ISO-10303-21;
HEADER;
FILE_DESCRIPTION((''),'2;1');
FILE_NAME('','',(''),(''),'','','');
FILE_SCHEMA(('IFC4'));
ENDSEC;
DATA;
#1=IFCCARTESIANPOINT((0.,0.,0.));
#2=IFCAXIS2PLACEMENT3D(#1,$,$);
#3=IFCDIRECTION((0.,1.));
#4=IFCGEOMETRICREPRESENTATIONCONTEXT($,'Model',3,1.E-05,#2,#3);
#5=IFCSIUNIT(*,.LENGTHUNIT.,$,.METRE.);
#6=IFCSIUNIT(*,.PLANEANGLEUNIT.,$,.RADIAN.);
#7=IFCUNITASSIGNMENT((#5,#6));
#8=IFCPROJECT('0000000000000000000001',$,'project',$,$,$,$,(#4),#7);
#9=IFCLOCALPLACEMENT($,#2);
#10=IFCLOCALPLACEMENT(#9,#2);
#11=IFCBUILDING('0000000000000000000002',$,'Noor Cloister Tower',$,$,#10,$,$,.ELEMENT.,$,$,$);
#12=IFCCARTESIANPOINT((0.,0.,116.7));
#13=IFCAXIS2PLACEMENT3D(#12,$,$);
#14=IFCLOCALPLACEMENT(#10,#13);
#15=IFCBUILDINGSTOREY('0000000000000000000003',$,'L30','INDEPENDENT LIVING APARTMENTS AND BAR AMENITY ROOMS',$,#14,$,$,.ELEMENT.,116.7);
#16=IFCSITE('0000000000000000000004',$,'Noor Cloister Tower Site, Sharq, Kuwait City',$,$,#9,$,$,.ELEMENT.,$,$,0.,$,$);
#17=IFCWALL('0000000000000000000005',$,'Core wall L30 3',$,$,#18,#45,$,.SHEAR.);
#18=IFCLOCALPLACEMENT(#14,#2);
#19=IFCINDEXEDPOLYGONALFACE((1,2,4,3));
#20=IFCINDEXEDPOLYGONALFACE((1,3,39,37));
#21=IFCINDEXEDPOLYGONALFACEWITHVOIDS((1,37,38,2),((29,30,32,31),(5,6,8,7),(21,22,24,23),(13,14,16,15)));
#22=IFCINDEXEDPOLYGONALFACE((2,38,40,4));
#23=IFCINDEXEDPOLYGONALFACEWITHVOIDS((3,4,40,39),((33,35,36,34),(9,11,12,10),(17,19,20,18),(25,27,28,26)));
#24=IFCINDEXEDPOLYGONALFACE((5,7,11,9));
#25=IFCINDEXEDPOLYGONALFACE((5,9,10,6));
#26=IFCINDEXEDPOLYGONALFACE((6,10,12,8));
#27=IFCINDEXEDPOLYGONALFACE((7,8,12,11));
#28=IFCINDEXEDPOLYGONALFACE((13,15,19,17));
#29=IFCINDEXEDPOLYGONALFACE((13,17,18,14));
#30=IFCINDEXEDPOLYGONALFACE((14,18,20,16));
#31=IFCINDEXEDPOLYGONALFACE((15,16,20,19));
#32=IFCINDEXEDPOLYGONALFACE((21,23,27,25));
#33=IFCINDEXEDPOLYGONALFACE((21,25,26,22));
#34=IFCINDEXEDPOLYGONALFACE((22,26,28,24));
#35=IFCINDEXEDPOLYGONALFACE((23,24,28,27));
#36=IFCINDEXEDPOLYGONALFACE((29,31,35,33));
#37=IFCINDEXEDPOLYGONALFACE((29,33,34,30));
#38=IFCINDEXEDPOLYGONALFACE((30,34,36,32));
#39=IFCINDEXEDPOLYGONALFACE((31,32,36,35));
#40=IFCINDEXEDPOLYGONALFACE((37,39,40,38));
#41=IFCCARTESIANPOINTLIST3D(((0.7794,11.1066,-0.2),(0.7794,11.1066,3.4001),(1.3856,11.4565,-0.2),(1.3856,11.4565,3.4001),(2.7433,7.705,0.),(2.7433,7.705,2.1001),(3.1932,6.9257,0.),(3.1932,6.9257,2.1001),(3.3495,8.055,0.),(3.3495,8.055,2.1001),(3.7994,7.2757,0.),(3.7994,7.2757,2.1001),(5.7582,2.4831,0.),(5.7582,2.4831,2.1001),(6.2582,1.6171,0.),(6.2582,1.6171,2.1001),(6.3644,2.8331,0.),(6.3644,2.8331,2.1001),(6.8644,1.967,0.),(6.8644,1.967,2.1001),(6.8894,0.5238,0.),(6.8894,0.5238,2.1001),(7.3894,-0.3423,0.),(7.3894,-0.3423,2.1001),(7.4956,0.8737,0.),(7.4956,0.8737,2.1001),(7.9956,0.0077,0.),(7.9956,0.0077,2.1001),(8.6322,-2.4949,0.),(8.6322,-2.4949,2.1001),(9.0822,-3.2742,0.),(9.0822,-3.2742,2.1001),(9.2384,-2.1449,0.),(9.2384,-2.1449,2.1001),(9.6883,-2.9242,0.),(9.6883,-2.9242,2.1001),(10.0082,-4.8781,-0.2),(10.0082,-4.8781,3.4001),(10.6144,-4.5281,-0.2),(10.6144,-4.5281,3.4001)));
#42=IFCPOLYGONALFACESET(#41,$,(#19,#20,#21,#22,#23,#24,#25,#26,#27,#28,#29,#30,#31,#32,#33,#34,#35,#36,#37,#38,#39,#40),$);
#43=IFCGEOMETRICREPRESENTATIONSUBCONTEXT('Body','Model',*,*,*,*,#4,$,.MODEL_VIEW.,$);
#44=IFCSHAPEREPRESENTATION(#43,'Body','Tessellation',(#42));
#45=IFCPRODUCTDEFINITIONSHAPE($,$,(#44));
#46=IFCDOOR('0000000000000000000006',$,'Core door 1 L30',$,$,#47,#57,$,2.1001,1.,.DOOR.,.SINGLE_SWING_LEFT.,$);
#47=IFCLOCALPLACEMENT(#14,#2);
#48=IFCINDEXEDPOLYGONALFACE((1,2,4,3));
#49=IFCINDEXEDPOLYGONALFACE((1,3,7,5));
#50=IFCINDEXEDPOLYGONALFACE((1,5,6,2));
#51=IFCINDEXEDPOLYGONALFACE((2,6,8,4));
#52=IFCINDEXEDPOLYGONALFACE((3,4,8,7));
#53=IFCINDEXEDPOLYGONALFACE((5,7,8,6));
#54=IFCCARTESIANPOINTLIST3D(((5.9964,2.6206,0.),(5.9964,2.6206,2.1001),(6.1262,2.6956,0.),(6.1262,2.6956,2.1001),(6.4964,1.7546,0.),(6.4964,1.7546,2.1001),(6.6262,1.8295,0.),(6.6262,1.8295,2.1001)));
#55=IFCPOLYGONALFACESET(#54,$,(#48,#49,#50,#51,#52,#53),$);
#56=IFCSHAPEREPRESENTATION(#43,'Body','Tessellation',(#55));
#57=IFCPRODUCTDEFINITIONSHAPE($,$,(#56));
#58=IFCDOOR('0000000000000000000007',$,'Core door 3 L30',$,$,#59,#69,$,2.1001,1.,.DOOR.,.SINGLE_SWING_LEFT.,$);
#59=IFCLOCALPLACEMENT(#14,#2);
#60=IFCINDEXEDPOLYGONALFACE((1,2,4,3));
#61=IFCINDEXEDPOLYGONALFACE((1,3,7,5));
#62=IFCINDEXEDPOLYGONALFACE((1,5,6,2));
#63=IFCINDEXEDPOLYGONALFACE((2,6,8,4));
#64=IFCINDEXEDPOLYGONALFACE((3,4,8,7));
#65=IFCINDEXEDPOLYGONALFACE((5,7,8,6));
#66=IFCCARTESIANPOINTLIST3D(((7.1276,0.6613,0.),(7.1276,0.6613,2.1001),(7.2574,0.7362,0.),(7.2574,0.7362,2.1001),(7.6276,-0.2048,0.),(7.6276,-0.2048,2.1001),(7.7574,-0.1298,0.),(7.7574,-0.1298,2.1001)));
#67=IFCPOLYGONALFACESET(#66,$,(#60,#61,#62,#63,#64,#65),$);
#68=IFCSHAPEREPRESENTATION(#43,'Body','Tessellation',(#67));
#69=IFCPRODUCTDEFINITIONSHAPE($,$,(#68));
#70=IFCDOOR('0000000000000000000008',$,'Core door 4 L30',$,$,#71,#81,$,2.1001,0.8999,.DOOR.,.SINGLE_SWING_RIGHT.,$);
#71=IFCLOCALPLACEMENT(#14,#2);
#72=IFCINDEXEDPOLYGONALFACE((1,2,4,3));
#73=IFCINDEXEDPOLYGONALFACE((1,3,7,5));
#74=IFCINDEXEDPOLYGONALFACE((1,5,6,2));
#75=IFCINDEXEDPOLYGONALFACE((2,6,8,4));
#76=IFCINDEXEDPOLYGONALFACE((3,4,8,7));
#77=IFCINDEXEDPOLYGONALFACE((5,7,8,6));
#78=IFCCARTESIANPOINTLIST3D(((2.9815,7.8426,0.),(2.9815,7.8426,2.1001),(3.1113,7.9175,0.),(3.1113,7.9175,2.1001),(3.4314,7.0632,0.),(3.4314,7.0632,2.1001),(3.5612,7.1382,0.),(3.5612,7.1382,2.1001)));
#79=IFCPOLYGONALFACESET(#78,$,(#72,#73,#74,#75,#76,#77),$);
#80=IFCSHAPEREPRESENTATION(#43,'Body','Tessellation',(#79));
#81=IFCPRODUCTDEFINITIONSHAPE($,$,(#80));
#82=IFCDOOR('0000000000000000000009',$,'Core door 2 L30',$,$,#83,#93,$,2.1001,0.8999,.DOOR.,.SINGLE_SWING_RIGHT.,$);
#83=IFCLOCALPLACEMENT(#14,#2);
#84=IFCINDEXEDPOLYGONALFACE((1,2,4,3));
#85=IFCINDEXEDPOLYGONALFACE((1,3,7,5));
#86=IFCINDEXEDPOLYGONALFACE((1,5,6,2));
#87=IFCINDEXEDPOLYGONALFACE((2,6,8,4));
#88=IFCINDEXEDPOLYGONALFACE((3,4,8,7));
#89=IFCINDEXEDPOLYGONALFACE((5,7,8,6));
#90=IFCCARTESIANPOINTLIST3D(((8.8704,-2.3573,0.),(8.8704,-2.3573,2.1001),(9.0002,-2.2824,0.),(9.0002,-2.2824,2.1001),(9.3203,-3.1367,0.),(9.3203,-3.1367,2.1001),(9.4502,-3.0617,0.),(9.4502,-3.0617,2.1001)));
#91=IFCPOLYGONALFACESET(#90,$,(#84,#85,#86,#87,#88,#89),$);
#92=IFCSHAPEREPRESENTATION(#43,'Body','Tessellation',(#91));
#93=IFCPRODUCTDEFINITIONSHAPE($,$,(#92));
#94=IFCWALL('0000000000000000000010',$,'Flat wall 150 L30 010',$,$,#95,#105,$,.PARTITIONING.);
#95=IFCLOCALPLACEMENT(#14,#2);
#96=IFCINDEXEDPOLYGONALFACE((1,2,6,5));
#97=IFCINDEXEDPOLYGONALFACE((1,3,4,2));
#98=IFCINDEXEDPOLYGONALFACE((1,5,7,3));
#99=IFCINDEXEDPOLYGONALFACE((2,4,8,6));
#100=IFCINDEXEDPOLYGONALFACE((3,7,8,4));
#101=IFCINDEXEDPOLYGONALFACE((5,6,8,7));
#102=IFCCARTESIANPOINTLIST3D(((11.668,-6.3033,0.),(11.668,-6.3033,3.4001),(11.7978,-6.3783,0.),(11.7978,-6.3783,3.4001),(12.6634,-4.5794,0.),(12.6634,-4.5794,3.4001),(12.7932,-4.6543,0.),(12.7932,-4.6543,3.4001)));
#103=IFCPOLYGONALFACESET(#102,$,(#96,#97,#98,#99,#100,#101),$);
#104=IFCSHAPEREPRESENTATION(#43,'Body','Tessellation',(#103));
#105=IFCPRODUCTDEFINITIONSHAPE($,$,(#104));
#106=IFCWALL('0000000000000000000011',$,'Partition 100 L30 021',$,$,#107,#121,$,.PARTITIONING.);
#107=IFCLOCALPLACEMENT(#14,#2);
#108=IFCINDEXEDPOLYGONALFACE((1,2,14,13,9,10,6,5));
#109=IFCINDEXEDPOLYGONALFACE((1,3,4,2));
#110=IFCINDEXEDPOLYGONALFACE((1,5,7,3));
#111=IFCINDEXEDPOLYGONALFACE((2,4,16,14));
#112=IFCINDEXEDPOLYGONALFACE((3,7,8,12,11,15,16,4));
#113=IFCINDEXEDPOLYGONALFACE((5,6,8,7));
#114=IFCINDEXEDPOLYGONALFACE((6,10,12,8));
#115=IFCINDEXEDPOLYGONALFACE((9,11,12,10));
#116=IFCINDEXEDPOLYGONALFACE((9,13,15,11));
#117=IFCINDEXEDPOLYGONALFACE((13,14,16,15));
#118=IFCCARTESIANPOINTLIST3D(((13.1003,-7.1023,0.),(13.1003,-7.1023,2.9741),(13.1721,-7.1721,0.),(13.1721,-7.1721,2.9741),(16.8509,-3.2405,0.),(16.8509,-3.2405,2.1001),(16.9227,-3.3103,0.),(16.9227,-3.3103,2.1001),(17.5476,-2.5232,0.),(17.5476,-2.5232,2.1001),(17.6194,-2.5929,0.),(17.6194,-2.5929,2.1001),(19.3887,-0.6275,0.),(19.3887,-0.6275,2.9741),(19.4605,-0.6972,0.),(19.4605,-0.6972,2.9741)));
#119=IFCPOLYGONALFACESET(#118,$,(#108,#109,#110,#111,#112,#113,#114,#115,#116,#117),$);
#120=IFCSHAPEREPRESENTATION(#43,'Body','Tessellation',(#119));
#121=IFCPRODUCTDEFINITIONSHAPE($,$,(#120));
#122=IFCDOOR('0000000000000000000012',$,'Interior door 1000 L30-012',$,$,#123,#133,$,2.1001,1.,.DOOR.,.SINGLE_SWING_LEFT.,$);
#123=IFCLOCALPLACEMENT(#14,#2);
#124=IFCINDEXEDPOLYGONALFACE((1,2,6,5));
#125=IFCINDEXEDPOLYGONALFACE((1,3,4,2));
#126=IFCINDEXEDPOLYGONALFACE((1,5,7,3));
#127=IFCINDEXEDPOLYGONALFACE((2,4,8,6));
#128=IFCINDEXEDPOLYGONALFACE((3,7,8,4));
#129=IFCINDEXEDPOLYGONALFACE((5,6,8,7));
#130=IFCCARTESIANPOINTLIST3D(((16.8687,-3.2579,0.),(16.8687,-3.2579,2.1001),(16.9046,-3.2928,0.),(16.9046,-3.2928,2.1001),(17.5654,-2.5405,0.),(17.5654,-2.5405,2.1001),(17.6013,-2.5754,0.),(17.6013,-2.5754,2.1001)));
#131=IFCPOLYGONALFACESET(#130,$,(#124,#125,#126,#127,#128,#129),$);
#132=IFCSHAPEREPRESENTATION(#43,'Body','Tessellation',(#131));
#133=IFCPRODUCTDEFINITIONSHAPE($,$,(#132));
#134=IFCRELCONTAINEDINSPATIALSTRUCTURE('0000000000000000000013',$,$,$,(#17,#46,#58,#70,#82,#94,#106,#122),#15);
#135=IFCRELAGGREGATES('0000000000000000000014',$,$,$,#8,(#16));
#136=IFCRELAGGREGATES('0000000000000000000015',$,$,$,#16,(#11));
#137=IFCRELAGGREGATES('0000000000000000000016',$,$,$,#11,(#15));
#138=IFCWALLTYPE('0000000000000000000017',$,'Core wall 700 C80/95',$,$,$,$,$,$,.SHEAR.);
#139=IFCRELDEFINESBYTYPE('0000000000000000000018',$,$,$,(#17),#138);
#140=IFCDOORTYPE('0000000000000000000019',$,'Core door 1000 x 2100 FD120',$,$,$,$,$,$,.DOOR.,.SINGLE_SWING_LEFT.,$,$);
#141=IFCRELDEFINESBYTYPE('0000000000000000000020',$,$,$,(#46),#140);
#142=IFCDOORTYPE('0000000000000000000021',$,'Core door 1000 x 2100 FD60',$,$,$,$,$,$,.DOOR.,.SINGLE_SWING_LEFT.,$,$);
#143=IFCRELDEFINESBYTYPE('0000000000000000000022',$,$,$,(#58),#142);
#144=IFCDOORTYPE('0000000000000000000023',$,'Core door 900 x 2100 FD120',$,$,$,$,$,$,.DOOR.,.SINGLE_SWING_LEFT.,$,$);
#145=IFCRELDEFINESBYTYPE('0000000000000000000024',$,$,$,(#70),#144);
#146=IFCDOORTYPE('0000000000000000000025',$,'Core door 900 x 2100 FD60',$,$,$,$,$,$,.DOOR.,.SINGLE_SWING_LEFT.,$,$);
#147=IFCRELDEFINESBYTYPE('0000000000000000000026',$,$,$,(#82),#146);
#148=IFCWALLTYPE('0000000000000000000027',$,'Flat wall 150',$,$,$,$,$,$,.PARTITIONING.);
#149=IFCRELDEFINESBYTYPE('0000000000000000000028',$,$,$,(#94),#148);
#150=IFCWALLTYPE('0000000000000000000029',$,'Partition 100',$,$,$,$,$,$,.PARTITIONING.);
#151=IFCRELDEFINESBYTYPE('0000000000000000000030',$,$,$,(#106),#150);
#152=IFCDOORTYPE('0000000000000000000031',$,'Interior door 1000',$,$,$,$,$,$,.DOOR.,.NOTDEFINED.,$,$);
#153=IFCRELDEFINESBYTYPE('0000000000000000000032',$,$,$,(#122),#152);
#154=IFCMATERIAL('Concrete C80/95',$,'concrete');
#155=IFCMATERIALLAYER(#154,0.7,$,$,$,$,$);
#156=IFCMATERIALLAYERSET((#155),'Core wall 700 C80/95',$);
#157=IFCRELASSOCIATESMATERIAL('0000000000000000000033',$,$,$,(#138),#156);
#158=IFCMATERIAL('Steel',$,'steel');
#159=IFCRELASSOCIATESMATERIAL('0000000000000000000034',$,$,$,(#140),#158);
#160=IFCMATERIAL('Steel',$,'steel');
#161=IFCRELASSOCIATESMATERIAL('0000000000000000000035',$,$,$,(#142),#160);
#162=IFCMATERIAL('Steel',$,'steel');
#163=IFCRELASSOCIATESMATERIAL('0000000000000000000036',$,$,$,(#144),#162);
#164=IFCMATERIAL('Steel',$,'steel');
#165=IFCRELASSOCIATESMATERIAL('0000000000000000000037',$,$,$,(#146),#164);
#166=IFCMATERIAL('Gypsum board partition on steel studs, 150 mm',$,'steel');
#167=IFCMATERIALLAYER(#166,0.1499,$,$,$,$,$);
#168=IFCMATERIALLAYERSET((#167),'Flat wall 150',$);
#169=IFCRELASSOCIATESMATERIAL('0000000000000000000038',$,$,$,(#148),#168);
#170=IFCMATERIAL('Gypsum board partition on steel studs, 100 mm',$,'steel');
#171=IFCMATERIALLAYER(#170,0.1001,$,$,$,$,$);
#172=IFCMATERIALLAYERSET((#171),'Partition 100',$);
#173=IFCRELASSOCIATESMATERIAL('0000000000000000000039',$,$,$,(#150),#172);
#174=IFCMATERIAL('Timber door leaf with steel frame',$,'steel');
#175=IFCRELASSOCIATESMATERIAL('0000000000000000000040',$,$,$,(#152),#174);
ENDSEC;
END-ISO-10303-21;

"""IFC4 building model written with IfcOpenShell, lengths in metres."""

from ifc_helpers import new_model, si_unit, direction, frame, frame_2d, origin, place, context, subcontext, project, spatial, rectangle, extrude, material, layer, layer_set, type_object, element, fill, save


model = new_model("IFC4")

# Units and contexts
model_context = context("Model", 3, precision=1e-05, world=origin(), true_north=direction((0.0, 1.0)))
body_context = subcontext(model_context, "Body", "Model", "MODEL_VIEW")
ifc_project = project(units=[si_unit("LENGTHUNIT", "METRE"), si_unit("PLANEANGLEUNIT", "RADIAN")], contexts=[model_context])

# Site, building, storey
site_placement = place(None, origin())
site = spatial("IfcSite", under=ifc_project, at=site_placement, Name="Noor Cloister Tower Site, Sharq, Kuwait City", CompositionType="ELEMENT", RefElevation=0.0)
building_placement = place(site_placement, origin())
building = spatial("IfcBuilding", under=site, at=building_placement, Name="Noor Cloister Tower", CompositionType="ELEMENT")
storey_placement = place(building_placement, frame((0.0, 0.0, 116.7)))
storey = spatial("IfcBuildingStorey", under=building, at=storey_placement, Name="L30", Description="INDEPENDENT LIVING APARTMENTS AND BAR AMENITY ROOMS", CompositionType="ELEMENT", Elevation=116.7)

# Wall, openings, doors
ifc_material_1 = material(Name="Concrete C80/95", Category="concrete")
ifc_layer_1 = layer(ifc_material_1, 0.7)
ifc_layer_set_1 = layer_set([ifc_layer_1], Name="Core wall 700 C80/95")
wall_type_1 = type_object("IfcWallType", Name="Core wall 700 C80/95", PredefinedType="SHEAR", material=ifc_layer_set_1)
wall_1_placement = place(storey_placement, frame((10.3113, -4.7031, -0.2), z_axis=(0.0, 0.0, 1.0), x_axis=(-0.500001, 0.866025, 0.0)))
wall_1 = element("IfcWall", 1, at=wall_1_placement, inside=storey, type_object=wall_type_1, Name="Core wall L30 3", PredefinedType="SHEAR", context=body_context, shape_type="SweptSolid", body=[
    extrude(rectangle(XDim=18.4575, YDim=0.7, at=frame_2d((9.2288, 0.0))), origin(), (0.0, 0.0, 1.0), 3.6001),
])
opening_1_placement = place(wall_1_placement, frame((7.5, 0.0, 0.2)))
opening_1 = element("IfcOpeningElement", 2, at=opening_1_placement, cuts=wall_1, PredefinedType="OPENING", context=body_context, shape_type="SweptSolid", body=[
    extrude(rectangle(XDim=1.0, YDim=2.1001, at=frame_2d((0.5, 1.05))), frame((0.0, 0.3599, 0.0), z_axis=(0.0, -1.0, 0.0), x_axis=(1.0, 0.0, 0.0)), (0.0, 0.0, 1.0), 0.72),
])
opening_2_placement = place(wall_1_placement, frame((1.8521, 0.0, 0.2)))
opening_2 = element("IfcOpeningElement", 3, at=opening_2_placement, cuts=wall_1, PredefinedType="OPENING", context=body_context, shape_type="SweptSolid", body=[
    extrude(rectangle(XDim=0.8999, YDim=2.1001, at=frame_2d((0.45, 1.05))), frame((0.0, 0.3599, 0.0), z_axis=(0.0, -1.0, 0.0), x_axis=(1.0, 0.0, 0.0)), (0.0, 0.0, 1.0), 0.72),
])
opening_3_placement = place(wall_1_placement, frame((5.2375, 0.0, 0.2)))
opening_3 = element("IfcOpeningElement", 4, at=opening_3_placement, cuts=wall_1, PredefinedType="OPENING", context=body_context, shape_type="SweptSolid", body=[
    extrude(rectangle(XDim=1.0, YDim=2.1001, at=frame_2d((0.5, 1.05))), frame((0.0, 0.3599, 0.0), z_axis=(0.0, -1.0, 0.0), x_axis=(1.0, 0.0, 0.0)), (0.0, 0.0, 1.0), 0.72),
])
opening_4_placement = place(wall_1_placement, frame((13.6299, 0.0, 0.2)))
opening_4 = element("IfcOpeningElement", 5, at=opening_4_placement, cuts=wall_1, PredefinedType="OPENING", context=body_context, shape_type="SweptSolid", body=[
    extrude(rectangle(XDim=0.8999, YDim=2.1001, at=frame_2d((0.45, 1.05))), frame((0.0, 0.3599, 0.0), z_axis=(0.0, -1.0, 0.0), x_axis=(1.0, 0.0, 0.0)), (0.0, 0.0, 1.0), 0.72),
])
ifc_material_2 = material(Name="Steel", Category="steel")
door_type_1 = type_object("IfcDoorType", Name="Core door 1000 x 2100 FD120", OperationType="SINGLE_SWING_LEFT", PredefinedType="DOOR", material=ifc_material_2)
door_1_placement = place(opening_1_placement, origin())
door_1 = element("IfcDoor", 6, at=door_1_placement, inside=storey, type_object=door_type_1, Name="Core door 1 L30", OperationType="SINGLE_SWING_LEFT", OverallHeight=2.1001, OverallWidth=1.0, PredefinedType="DOOR", context=body_context, shape_type="SweptSolid", body=[
    extrude(rectangle(XDim=1.0, YDim=2.1001, at=frame_2d((0.5, 1.05))), frame((0.0, 0.075, 0.0), z_axis=(0.0, -1.0, 0.0), x_axis=(1.0, 0.0, 0.0)), (0.0, 0.0, 1.0), 0.1499),
])
fill(opening_1, door_1)
ifc_material_3 = material(Name="Steel", Category="steel")
door_type_2 = type_object("IfcDoorType", Name="Core door 1000 x 2100 FD60", OperationType="SINGLE_SWING_LEFT", PredefinedType="DOOR", material=ifc_material_3)
door_2_placement = place(opening_3_placement, origin())
door_2 = element("IfcDoor", 7, at=door_2_placement, inside=storey, type_object=door_type_2, Name="Core door 3 L30", OperationType="SINGLE_SWING_LEFT", OverallHeight=2.1001, OverallWidth=1.0, PredefinedType="DOOR", context=body_context, shape_type="SweptSolid", body=[
    extrude(rectangle(XDim=1.0, YDim=2.1001, at=frame_2d((0.5, 1.05))), frame((0.0, 0.075, 0.0), z_axis=(0.0, -1.0, 0.0), x_axis=(1.0, 0.0, 0.0)), (0.0, 0.0, 1.0), 0.1499),
])
fill(opening_3, door_2)
ifc_material_4 = material(Name="Steel", Category="steel")
door_type_3 = type_object("IfcDoorType", Name="Core door 900 x 2100 FD120", OperationType="SINGLE_SWING_LEFT", PredefinedType="DOOR", material=ifc_material_4)
door_3_placement = place(opening_4_placement, origin())
door_3 = element("IfcDoor", 8, at=door_3_placement, inside=storey, type_object=door_type_3, Name="Core door 4 L30", OperationType="SINGLE_SWING_RIGHT", OverallHeight=2.1001, OverallWidth=0.8999, PredefinedType="DOOR", context=body_context, shape_type="SweptSolid", body=[
    extrude(rectangle(XDim=0.8999, YDim=2.1001, at=frame_2d((0.45, 1.05))), frame((0.0, 0.075, 0.0), z_axis=(0.0, -1.0, 0.0), x_axis=(1.0, 0.0, 0.0)), (0.0, 0.0, 1.0), 0.1499),
])
fill(opening_4, door_3)
ifc_material_5 = material(Name="Steel", Category="steel")
door_type_4 = type_object("IfcDoorType", Name="Core door 900 x 2100 FD60", OperationType="SINGLE_SWING_LEFT", PredefinedType="DOOR", material=ifc_material_5)
door_4_placement = place(opening_2_placement, origin())
door_4 = element("IfcDoor", 9, at=door_4_placement, inside=storey, type_object=door_type_4, Name="Core door 2 L30", OperationType="SINGLE_SWING_RIGHT", OverallHeight=2.1001, OverallWidth=0.8999, PredefinedType="DOOR", context=body_context, shape_type="SweptSolid", body=[
    extrude(rectangle(XDim=0.8999, YDim=2.1001, at=frame_2d((0.45, 1.05))), frame((0.0, 0.075, 0.0), z_axis=(0.0, -1.0, 0.0), x_axis=(1.0, 0.0, 0.0)), (0.0, 0.0, 1.0), 0.1499),
])
fill(opening_2, door_4)

# Wall
ifc_material_6 = material(Name="Gypsum board partition on steel studs, 150 mm", Category="steel")
ifc_layer_2 = layer(ifc_material_6, 0.1499)
ifc_layer_set_2 = layer_set([ifc_layer_2], Name="Flat wall 150")
wall_type_2 = type_object("IfcWallType", Name="Flat wall 150", PredefinedType="PARTITIONING", material=ifc_layer_set_2)
wall_2_placement = place(storey_placement, frame((11.7329, -6.3408, 0.0), z_axis=(0.0, 0.0, 1.0), x_axis=(0.50003, 0.866008, 0.0)))
element("IfcWall", 10, at=wall_2_placement, inside=storey, type_object=wall_type_2, Name="Flat wall 150 L30 010", PredefinedType="PARTITIONING", context=body_context, shape_type="SweptSolid", body=[
    extrude(rectangle(XDim=1.9907, YDim=0.1499, at=frame_2d((0.9954, 0.0))), origin(), (0.0, 0.0, 1.0), 3.4001),
])

# Wall, opening, door
ifc_material_7 = material(Name="Gypsum board partition on steel studs, 100 mm", Category="steel")
ifc_layer_3 = layer(ifc_material_7, 0.1001)
ifc_layer_set_3 = layer_set([ifc_layer_3], Name="Partition 100")
wall_type_3 = type_object("IfcWallType", Name="Partition 100", PredefinedType="PARTITIONING", material=ifc_layer_set_3)
wall_3_placement = place(storey_placement, frame((19.4246, -0.6624, 0.0), z_axis=(0.0, 0.0, 1.0), x_axis=(-0.696699, -0.717364, 0.0)))
wall_3 = element("IfcWall", 11, at=wall_3_placement, inside=storey, type_object=wall_type_3, Name="Partition 100 L30 021", PredefinedType="PARTITIONING", context=body_context, shape_type="SweptSolid", body=[
    extrude(rectangle(XDim=9.0259, YDim=0.1001, at=frame_2d((4.5129, 0.0))), origin(), (0.0, 0.0, 1.0), 2.9741),
])
opening_5_placement = place(wall_3_placement, frame((2.6426, 0.0, 0.0)))
opening_5 = element("IfcOpeningElement", 12, at=opening_5_placement, cuts=wall_3, PredefinedType="OPENING", context=body_context, shape_type="SweptSolid", body=[
    extrude(rectangle(XDim=1.0, YDim=2.1001, at=frame_2d((0.5, 1.05))), frame((0.0, 0.0601, 0.0), z_axis=(0.0, -1.0, 0.0), x_axis=(1.0, 0.0, 0.0)), (0.0, 0.0, 1.0), 0.1201),
])
ifc_material_8 = material(Name="Timber door leaf with steel frame", Category="steel")
door_type_5 = type_object("IfcDoorType", Name="Interior door 1000", OperationType="NOTDEFINED", PredefinedType="DOOR", material=ifc_material_8)
door_5_placement = place(opening_5_placement, origin())
door_5 = element("IfcDoor", 13, at=door_5_placement, inside=storey, type_object=door_type_5, Name="Interior door 1000 L30-012", OperationType="SINGLE_SWING_LEFT", OverallHeight=2.1001, OverallWidth=1.0, PredefinedType="DOOR", context=body_context, shape_type="SweptSolid", body=[
    extrude(rectangle(XDim=1.0, YDim=2.1001, at=frame_2d((0.5, 1.05))), frame((0.0, 0.0249, 0.0), z_axis=(0.0, -1.0, 0.0), x_axis=(1.0, 0.0, 0.0)), (0.0, 0.0, 1.0), 0.05),
])
fill(opening_5, door_5)

save(model, "model.ifc")
